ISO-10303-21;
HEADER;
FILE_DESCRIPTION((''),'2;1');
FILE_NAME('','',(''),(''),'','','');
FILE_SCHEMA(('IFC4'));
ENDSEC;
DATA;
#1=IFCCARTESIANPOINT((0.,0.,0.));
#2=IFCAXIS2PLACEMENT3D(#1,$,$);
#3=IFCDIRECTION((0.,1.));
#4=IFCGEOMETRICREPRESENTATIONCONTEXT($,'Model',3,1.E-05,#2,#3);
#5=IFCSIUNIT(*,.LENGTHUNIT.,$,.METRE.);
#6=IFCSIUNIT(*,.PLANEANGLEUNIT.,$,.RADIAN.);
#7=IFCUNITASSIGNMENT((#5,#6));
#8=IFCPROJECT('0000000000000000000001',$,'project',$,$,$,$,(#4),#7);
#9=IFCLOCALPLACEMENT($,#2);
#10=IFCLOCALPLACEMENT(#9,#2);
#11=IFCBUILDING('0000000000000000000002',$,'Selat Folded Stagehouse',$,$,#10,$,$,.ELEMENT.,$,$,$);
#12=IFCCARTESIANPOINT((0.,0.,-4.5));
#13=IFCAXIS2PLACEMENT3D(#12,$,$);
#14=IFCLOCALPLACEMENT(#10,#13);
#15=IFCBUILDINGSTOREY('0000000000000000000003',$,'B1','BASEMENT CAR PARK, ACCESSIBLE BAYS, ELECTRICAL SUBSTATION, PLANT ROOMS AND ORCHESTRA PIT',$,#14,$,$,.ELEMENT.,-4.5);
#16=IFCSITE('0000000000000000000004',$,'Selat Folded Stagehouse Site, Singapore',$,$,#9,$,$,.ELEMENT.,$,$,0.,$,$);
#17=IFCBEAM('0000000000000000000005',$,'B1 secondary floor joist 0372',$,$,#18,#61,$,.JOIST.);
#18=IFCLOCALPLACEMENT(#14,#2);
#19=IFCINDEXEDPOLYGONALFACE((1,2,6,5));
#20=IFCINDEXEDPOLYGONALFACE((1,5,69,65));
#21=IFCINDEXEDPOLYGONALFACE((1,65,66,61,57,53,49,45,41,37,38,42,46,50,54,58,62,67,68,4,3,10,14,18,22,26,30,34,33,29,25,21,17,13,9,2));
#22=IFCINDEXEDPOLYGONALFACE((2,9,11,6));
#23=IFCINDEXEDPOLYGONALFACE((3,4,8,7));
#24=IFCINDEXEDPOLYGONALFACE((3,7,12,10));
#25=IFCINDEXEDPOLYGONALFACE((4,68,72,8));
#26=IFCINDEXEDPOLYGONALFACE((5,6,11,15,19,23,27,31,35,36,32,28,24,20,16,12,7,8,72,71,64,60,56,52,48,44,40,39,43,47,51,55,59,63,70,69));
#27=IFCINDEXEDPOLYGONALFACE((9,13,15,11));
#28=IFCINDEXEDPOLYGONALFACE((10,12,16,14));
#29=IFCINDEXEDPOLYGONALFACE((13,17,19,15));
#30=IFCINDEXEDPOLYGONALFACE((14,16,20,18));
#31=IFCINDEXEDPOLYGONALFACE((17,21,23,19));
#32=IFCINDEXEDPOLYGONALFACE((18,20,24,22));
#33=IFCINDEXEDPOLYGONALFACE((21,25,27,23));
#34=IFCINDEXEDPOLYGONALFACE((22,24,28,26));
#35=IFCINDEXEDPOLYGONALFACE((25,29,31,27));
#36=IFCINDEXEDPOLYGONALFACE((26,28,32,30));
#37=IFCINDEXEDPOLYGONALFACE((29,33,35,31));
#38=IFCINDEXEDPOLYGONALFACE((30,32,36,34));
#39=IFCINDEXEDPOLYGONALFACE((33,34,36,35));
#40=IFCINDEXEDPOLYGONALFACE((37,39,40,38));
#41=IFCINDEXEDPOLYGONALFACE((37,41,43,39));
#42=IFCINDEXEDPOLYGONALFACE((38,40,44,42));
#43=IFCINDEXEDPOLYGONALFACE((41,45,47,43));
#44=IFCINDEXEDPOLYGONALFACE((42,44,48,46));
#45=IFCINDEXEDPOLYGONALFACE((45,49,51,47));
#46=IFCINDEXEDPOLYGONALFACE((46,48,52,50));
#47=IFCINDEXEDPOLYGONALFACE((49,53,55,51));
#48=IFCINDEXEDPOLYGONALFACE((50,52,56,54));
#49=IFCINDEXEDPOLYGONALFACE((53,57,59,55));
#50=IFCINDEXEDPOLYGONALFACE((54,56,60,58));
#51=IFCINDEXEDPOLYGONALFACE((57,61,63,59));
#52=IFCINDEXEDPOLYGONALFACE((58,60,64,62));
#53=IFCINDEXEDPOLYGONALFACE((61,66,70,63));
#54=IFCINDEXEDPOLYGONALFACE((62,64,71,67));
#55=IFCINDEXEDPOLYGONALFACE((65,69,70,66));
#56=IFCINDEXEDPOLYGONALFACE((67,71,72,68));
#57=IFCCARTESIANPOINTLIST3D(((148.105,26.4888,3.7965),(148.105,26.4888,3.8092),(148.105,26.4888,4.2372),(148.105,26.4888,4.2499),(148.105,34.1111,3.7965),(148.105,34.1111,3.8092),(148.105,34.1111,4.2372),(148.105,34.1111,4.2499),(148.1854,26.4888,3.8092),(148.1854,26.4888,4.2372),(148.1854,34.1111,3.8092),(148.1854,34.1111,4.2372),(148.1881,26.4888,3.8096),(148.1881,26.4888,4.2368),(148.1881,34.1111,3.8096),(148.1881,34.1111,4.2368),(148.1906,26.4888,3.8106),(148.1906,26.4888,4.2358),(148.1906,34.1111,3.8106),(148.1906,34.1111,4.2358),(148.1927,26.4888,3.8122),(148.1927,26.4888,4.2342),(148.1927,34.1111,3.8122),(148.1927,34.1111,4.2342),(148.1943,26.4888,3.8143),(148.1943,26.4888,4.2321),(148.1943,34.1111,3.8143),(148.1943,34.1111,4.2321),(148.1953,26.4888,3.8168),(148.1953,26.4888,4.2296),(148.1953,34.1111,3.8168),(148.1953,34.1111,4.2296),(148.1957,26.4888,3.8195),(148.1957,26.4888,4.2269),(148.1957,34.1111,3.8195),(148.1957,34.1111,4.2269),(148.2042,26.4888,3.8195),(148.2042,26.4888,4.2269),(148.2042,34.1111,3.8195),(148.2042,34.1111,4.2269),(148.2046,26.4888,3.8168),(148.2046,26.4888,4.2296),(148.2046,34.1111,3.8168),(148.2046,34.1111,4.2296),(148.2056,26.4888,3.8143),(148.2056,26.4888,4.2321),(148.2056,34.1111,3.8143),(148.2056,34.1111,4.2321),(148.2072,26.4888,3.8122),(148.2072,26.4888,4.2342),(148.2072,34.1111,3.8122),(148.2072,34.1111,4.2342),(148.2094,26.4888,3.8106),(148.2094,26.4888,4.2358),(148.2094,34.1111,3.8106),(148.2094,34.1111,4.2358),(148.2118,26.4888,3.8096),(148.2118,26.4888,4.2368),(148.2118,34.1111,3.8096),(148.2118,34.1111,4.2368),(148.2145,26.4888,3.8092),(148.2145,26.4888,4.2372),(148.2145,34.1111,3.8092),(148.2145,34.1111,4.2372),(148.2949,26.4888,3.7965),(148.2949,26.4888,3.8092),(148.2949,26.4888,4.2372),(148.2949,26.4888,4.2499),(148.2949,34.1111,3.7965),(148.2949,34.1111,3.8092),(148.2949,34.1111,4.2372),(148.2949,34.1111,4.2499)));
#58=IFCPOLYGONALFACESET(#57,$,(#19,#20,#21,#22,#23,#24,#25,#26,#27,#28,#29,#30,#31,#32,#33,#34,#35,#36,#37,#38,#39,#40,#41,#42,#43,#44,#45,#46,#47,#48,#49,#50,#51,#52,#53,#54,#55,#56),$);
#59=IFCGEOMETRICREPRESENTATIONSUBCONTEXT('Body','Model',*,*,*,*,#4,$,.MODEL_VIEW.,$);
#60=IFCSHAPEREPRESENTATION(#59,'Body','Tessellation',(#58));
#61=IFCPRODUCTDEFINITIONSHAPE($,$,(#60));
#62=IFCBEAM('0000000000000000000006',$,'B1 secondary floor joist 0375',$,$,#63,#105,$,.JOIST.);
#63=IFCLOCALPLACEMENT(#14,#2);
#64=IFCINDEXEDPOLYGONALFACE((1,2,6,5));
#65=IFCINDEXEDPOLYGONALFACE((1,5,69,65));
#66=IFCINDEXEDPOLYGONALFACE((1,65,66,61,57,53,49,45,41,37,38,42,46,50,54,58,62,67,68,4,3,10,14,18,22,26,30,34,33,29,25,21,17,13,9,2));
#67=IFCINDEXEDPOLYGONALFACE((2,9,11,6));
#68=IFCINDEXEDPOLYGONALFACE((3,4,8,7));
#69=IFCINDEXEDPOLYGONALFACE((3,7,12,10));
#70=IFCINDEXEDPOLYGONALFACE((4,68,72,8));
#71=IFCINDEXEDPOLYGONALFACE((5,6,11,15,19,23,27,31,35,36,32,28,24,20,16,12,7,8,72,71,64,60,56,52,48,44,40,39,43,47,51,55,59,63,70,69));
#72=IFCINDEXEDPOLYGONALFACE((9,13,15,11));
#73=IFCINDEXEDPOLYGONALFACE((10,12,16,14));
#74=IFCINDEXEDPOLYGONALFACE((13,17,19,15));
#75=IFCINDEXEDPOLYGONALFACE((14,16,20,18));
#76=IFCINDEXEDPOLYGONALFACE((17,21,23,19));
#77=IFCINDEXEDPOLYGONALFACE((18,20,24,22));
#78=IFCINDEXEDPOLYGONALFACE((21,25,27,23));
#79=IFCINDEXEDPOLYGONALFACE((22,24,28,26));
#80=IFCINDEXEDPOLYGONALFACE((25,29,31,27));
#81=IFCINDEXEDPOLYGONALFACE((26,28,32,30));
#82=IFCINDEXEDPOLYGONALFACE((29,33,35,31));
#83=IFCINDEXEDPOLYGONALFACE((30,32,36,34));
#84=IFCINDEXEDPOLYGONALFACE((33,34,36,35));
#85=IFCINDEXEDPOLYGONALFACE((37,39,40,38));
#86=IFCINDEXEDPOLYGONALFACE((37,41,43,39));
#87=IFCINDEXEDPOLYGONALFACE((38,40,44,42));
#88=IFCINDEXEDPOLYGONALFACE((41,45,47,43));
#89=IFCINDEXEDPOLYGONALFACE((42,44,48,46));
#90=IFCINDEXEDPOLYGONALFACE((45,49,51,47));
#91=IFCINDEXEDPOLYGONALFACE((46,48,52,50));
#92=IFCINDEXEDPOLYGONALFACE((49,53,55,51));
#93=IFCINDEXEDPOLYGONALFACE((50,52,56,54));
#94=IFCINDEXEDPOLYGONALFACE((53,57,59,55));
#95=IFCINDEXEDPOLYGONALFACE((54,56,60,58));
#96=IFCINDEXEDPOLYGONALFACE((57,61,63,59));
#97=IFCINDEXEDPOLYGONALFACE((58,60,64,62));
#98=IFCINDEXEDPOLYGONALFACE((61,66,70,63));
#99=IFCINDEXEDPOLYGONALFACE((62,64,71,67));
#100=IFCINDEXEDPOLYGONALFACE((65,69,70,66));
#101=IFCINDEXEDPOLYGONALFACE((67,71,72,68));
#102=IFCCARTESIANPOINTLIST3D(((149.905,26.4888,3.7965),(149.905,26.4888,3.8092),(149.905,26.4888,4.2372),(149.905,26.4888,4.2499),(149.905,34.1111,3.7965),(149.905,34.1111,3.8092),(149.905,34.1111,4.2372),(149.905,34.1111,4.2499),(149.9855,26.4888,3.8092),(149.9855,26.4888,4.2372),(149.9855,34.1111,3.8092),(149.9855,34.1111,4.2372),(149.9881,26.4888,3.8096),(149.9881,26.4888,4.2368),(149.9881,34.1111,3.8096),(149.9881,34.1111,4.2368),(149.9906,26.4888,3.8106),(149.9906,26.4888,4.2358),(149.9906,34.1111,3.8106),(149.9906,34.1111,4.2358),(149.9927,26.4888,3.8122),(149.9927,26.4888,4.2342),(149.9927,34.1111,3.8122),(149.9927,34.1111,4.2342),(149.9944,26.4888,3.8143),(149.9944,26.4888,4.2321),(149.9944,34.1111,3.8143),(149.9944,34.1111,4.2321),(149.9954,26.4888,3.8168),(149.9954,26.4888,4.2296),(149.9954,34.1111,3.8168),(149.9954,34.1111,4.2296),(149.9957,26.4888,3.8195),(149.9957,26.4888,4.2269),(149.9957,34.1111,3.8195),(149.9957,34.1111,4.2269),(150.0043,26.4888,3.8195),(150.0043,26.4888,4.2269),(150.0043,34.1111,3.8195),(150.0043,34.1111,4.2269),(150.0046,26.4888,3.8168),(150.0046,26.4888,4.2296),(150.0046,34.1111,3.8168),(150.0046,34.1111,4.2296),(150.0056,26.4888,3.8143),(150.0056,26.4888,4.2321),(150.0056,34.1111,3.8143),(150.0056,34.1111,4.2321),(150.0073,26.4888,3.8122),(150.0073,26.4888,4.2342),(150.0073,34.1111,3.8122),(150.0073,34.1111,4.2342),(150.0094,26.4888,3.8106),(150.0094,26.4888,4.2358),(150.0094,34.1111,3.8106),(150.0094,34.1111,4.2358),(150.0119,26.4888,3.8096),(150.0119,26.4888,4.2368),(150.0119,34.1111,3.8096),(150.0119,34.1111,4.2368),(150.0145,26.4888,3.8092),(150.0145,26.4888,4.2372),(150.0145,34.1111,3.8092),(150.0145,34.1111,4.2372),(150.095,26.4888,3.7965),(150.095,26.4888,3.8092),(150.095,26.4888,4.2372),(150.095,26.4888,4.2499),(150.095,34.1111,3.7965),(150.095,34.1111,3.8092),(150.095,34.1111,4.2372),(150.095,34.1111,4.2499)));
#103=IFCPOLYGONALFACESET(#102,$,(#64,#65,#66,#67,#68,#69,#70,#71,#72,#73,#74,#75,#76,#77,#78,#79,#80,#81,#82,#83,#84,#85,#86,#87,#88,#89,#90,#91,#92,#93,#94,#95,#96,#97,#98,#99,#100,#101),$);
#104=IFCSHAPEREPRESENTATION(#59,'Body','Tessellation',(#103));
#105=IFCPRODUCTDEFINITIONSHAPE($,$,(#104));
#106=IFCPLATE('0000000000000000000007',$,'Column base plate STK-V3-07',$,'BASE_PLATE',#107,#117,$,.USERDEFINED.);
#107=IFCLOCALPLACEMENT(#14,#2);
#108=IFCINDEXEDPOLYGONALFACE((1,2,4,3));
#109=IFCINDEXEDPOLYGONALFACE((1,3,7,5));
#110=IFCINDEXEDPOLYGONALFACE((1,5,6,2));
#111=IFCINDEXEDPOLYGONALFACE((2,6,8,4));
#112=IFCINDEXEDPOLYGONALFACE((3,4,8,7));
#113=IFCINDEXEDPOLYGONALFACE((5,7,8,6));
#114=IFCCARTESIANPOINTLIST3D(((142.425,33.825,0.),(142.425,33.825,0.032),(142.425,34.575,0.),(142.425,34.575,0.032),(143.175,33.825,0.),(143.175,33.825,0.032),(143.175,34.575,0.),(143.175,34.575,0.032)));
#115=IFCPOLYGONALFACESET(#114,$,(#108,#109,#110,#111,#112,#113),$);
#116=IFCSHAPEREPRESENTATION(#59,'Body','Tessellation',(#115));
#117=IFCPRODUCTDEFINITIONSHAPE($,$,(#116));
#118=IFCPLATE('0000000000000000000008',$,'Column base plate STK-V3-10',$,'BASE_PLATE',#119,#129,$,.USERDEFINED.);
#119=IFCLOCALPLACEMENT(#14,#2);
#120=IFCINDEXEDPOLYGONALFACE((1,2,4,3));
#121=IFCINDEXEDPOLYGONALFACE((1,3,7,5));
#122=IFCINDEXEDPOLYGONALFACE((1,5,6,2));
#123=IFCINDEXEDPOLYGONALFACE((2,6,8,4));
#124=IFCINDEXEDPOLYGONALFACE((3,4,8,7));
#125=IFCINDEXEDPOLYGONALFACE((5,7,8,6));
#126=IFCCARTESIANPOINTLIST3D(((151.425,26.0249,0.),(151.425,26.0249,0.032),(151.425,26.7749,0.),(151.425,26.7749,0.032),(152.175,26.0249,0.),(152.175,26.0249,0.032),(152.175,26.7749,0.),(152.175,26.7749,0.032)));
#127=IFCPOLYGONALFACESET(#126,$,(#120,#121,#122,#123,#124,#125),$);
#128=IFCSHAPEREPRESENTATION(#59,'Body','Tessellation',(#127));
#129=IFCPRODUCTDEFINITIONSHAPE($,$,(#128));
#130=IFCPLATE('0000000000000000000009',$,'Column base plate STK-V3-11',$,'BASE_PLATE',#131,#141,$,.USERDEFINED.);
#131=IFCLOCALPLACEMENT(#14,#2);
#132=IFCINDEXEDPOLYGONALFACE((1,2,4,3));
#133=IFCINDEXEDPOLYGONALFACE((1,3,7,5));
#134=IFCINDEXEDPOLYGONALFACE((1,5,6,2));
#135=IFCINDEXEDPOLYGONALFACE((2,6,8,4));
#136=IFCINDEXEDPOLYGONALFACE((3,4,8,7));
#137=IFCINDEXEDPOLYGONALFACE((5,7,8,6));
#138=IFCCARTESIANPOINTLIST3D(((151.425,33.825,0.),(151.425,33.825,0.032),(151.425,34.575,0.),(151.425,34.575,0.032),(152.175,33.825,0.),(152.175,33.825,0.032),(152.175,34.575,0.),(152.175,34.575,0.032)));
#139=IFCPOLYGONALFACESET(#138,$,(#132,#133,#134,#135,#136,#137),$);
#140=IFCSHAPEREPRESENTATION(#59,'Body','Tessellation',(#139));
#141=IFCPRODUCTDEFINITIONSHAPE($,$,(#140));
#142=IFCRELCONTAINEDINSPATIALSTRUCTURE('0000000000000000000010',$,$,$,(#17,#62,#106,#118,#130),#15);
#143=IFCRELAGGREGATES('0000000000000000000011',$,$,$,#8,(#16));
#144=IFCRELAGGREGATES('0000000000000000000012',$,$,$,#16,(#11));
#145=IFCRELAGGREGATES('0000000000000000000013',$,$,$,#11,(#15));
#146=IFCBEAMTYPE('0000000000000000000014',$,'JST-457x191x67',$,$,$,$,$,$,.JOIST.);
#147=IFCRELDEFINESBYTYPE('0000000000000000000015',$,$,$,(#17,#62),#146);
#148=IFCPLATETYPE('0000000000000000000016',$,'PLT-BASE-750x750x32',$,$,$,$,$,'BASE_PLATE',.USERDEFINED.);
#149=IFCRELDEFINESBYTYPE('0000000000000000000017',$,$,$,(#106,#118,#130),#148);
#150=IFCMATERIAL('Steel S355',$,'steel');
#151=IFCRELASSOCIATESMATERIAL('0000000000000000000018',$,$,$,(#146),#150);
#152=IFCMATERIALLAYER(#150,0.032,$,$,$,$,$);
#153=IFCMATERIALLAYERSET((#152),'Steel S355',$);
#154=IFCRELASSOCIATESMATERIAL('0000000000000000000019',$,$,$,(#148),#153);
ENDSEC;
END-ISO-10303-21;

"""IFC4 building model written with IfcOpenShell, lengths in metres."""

from ifc_helpers import new_model, si_unit, direction, frame, origin, origin_2d, place, context, subcontext, project, spatial, rectangle, i_section, extrude, material, layer, layer_set, material_profile, profile_set, type_object, element, save


model = new_model("IFC4")

# Units and contexts
model_context = context("Model", 3, precision=1e-05, world=origin(), true_north=direction((0.0, 1.0)))
body_context = subcontext(model_context, "Body", "Model", "MODEL_VIEW")
ifc_project = project(units=[si_unit("LENGTHUNIT", "METRE"), si_unit("PLANEANGLEUNIT", "RADIAN")], contexts=[model_context])

# Site, building, storey
site_placement = place(None, origin())
site = spatial("IfcSite", under=ifc_project, at=site_placement, Name="Selat Folded Stagehouse Site, Singapore", CompositionType="ELEMENT", RefElevation=0.0)
building_placement = place(site_placement, origin())
building = spatial("IfcBuilding", under=site, at=building_placement, Name="Selat Folded Stagehouse", CompositionType="ELEMENT")
storey_placement = place(building_placement, frame((0.0, 0.0, -4.5)))
storey = spatial("IfcBuildingStorey", under=building, at=storey_placement, Name="B1", Description="BASEMENT CAR PARK, ACCESSIBLE BAYS, ELECTRICAL SUBSTATION, PLANT ROOMS AND ORCHESTRA PIT", CompositionType="ELEMENT", Elevation=-4.5)

# Shared definitions
ifc_material_1 = material(Name="Steel S355", Category="steel")

# Beams
ifc_material_profile_1 = material_profile(ifc_material_1, i_section(OverallWidth=0.1899, OverallDepth=0.4534, WebThickness=0.0085, FlangeThickness=0.0127, FilletRadius=0.0103, at=origin_2d()), Name="UKB 457x191x67")
ifc_profile_set_1 = profile_set([ifc_material_profile_1], Name="Steel S355")
beam_type_1 = type_object("IfcBeamType", Name="JST-457x191x67", PredefinedType="JOIST", material=ifc_profile_set_1)
for number, where, z_axis, x_axis, name in (
    (1, (148.2, 26.4888, 4.0232), (0.0, 1.0, 0.0), (-1.0, 0.0, 0.0), "B1 secondary floor joist 0372"),
    (2, (150.0, 26.4888, 4.0232), (0.0, 1.0, 0.0), (-1.0, 0.0, 0.0), "B1 secondary floor joist 0375"),
):
    element("IfcBeam", number, at=place(storey_placement, frame(where, z_axis=z_axis, x_axis=x_axis)), inside=storey, type_object=beam_type_1, Name=name, PredefinedType="JOIST", context=body_context, shape_type="SweptSolid", body=[
        extrude(i_section(OverallWidth=0.1899, OverallDepth=0.4534, WebThickness=0.0085, FlangeThickness=0.0127, FilletRadius=0.0103, at=origin_2d()), origin(), (0.0, 0.0, 1.0), 7.6223),
    ])

# Plates
ifc_layer = layer(ifc_material_1, 0.032)
ifc_layer_set = layer_set([ifc_layer], Name="Steel S355")
plate_type = type_object("IfcPlateType", Name="PLT-BASE-750x750x32", ElementType="BASE_PLATE", PredefinedType="USERDEFINED", material=ifc_layer_set)
for number, where, z_axis, x_axis, name in (
    (3, (142.8, 34.2, 0.0), (0.0, 0.0, 1.0), (1.0, 0.0, 0.0), "Column base plate STK-V3-07"),
    (4, (151.8, 26.3999, 0.0), (0.0, 0.0, 1.0), (1.0, 0.0, 0.0), "Column base plate STK-V3-10"),
    (5, (151.8, 34.2, 0.0), (0.0, 0.0, 1.0), (1.0, 0.0, 0.0), "Column base plate STK-V3-11"),
):
    element("IfcPlate", number, at=place(storey_placement, frame(where, z_axis=z_axis, x_axis=x_axis)), inside=storey, type_object=plate_type, Name=name, ObjectType="BASE_PLATE", PredefinedType="USERDEFINED", context=body_context, shape_type="SweptSolid", body=[
        extrude(rectangle(XDim=0.75, YDim=0.75, at=origin_2d()), origin(), (0.0, 0.0, 1.0), 0.032),
    ])

save(model, "model.ifc")
